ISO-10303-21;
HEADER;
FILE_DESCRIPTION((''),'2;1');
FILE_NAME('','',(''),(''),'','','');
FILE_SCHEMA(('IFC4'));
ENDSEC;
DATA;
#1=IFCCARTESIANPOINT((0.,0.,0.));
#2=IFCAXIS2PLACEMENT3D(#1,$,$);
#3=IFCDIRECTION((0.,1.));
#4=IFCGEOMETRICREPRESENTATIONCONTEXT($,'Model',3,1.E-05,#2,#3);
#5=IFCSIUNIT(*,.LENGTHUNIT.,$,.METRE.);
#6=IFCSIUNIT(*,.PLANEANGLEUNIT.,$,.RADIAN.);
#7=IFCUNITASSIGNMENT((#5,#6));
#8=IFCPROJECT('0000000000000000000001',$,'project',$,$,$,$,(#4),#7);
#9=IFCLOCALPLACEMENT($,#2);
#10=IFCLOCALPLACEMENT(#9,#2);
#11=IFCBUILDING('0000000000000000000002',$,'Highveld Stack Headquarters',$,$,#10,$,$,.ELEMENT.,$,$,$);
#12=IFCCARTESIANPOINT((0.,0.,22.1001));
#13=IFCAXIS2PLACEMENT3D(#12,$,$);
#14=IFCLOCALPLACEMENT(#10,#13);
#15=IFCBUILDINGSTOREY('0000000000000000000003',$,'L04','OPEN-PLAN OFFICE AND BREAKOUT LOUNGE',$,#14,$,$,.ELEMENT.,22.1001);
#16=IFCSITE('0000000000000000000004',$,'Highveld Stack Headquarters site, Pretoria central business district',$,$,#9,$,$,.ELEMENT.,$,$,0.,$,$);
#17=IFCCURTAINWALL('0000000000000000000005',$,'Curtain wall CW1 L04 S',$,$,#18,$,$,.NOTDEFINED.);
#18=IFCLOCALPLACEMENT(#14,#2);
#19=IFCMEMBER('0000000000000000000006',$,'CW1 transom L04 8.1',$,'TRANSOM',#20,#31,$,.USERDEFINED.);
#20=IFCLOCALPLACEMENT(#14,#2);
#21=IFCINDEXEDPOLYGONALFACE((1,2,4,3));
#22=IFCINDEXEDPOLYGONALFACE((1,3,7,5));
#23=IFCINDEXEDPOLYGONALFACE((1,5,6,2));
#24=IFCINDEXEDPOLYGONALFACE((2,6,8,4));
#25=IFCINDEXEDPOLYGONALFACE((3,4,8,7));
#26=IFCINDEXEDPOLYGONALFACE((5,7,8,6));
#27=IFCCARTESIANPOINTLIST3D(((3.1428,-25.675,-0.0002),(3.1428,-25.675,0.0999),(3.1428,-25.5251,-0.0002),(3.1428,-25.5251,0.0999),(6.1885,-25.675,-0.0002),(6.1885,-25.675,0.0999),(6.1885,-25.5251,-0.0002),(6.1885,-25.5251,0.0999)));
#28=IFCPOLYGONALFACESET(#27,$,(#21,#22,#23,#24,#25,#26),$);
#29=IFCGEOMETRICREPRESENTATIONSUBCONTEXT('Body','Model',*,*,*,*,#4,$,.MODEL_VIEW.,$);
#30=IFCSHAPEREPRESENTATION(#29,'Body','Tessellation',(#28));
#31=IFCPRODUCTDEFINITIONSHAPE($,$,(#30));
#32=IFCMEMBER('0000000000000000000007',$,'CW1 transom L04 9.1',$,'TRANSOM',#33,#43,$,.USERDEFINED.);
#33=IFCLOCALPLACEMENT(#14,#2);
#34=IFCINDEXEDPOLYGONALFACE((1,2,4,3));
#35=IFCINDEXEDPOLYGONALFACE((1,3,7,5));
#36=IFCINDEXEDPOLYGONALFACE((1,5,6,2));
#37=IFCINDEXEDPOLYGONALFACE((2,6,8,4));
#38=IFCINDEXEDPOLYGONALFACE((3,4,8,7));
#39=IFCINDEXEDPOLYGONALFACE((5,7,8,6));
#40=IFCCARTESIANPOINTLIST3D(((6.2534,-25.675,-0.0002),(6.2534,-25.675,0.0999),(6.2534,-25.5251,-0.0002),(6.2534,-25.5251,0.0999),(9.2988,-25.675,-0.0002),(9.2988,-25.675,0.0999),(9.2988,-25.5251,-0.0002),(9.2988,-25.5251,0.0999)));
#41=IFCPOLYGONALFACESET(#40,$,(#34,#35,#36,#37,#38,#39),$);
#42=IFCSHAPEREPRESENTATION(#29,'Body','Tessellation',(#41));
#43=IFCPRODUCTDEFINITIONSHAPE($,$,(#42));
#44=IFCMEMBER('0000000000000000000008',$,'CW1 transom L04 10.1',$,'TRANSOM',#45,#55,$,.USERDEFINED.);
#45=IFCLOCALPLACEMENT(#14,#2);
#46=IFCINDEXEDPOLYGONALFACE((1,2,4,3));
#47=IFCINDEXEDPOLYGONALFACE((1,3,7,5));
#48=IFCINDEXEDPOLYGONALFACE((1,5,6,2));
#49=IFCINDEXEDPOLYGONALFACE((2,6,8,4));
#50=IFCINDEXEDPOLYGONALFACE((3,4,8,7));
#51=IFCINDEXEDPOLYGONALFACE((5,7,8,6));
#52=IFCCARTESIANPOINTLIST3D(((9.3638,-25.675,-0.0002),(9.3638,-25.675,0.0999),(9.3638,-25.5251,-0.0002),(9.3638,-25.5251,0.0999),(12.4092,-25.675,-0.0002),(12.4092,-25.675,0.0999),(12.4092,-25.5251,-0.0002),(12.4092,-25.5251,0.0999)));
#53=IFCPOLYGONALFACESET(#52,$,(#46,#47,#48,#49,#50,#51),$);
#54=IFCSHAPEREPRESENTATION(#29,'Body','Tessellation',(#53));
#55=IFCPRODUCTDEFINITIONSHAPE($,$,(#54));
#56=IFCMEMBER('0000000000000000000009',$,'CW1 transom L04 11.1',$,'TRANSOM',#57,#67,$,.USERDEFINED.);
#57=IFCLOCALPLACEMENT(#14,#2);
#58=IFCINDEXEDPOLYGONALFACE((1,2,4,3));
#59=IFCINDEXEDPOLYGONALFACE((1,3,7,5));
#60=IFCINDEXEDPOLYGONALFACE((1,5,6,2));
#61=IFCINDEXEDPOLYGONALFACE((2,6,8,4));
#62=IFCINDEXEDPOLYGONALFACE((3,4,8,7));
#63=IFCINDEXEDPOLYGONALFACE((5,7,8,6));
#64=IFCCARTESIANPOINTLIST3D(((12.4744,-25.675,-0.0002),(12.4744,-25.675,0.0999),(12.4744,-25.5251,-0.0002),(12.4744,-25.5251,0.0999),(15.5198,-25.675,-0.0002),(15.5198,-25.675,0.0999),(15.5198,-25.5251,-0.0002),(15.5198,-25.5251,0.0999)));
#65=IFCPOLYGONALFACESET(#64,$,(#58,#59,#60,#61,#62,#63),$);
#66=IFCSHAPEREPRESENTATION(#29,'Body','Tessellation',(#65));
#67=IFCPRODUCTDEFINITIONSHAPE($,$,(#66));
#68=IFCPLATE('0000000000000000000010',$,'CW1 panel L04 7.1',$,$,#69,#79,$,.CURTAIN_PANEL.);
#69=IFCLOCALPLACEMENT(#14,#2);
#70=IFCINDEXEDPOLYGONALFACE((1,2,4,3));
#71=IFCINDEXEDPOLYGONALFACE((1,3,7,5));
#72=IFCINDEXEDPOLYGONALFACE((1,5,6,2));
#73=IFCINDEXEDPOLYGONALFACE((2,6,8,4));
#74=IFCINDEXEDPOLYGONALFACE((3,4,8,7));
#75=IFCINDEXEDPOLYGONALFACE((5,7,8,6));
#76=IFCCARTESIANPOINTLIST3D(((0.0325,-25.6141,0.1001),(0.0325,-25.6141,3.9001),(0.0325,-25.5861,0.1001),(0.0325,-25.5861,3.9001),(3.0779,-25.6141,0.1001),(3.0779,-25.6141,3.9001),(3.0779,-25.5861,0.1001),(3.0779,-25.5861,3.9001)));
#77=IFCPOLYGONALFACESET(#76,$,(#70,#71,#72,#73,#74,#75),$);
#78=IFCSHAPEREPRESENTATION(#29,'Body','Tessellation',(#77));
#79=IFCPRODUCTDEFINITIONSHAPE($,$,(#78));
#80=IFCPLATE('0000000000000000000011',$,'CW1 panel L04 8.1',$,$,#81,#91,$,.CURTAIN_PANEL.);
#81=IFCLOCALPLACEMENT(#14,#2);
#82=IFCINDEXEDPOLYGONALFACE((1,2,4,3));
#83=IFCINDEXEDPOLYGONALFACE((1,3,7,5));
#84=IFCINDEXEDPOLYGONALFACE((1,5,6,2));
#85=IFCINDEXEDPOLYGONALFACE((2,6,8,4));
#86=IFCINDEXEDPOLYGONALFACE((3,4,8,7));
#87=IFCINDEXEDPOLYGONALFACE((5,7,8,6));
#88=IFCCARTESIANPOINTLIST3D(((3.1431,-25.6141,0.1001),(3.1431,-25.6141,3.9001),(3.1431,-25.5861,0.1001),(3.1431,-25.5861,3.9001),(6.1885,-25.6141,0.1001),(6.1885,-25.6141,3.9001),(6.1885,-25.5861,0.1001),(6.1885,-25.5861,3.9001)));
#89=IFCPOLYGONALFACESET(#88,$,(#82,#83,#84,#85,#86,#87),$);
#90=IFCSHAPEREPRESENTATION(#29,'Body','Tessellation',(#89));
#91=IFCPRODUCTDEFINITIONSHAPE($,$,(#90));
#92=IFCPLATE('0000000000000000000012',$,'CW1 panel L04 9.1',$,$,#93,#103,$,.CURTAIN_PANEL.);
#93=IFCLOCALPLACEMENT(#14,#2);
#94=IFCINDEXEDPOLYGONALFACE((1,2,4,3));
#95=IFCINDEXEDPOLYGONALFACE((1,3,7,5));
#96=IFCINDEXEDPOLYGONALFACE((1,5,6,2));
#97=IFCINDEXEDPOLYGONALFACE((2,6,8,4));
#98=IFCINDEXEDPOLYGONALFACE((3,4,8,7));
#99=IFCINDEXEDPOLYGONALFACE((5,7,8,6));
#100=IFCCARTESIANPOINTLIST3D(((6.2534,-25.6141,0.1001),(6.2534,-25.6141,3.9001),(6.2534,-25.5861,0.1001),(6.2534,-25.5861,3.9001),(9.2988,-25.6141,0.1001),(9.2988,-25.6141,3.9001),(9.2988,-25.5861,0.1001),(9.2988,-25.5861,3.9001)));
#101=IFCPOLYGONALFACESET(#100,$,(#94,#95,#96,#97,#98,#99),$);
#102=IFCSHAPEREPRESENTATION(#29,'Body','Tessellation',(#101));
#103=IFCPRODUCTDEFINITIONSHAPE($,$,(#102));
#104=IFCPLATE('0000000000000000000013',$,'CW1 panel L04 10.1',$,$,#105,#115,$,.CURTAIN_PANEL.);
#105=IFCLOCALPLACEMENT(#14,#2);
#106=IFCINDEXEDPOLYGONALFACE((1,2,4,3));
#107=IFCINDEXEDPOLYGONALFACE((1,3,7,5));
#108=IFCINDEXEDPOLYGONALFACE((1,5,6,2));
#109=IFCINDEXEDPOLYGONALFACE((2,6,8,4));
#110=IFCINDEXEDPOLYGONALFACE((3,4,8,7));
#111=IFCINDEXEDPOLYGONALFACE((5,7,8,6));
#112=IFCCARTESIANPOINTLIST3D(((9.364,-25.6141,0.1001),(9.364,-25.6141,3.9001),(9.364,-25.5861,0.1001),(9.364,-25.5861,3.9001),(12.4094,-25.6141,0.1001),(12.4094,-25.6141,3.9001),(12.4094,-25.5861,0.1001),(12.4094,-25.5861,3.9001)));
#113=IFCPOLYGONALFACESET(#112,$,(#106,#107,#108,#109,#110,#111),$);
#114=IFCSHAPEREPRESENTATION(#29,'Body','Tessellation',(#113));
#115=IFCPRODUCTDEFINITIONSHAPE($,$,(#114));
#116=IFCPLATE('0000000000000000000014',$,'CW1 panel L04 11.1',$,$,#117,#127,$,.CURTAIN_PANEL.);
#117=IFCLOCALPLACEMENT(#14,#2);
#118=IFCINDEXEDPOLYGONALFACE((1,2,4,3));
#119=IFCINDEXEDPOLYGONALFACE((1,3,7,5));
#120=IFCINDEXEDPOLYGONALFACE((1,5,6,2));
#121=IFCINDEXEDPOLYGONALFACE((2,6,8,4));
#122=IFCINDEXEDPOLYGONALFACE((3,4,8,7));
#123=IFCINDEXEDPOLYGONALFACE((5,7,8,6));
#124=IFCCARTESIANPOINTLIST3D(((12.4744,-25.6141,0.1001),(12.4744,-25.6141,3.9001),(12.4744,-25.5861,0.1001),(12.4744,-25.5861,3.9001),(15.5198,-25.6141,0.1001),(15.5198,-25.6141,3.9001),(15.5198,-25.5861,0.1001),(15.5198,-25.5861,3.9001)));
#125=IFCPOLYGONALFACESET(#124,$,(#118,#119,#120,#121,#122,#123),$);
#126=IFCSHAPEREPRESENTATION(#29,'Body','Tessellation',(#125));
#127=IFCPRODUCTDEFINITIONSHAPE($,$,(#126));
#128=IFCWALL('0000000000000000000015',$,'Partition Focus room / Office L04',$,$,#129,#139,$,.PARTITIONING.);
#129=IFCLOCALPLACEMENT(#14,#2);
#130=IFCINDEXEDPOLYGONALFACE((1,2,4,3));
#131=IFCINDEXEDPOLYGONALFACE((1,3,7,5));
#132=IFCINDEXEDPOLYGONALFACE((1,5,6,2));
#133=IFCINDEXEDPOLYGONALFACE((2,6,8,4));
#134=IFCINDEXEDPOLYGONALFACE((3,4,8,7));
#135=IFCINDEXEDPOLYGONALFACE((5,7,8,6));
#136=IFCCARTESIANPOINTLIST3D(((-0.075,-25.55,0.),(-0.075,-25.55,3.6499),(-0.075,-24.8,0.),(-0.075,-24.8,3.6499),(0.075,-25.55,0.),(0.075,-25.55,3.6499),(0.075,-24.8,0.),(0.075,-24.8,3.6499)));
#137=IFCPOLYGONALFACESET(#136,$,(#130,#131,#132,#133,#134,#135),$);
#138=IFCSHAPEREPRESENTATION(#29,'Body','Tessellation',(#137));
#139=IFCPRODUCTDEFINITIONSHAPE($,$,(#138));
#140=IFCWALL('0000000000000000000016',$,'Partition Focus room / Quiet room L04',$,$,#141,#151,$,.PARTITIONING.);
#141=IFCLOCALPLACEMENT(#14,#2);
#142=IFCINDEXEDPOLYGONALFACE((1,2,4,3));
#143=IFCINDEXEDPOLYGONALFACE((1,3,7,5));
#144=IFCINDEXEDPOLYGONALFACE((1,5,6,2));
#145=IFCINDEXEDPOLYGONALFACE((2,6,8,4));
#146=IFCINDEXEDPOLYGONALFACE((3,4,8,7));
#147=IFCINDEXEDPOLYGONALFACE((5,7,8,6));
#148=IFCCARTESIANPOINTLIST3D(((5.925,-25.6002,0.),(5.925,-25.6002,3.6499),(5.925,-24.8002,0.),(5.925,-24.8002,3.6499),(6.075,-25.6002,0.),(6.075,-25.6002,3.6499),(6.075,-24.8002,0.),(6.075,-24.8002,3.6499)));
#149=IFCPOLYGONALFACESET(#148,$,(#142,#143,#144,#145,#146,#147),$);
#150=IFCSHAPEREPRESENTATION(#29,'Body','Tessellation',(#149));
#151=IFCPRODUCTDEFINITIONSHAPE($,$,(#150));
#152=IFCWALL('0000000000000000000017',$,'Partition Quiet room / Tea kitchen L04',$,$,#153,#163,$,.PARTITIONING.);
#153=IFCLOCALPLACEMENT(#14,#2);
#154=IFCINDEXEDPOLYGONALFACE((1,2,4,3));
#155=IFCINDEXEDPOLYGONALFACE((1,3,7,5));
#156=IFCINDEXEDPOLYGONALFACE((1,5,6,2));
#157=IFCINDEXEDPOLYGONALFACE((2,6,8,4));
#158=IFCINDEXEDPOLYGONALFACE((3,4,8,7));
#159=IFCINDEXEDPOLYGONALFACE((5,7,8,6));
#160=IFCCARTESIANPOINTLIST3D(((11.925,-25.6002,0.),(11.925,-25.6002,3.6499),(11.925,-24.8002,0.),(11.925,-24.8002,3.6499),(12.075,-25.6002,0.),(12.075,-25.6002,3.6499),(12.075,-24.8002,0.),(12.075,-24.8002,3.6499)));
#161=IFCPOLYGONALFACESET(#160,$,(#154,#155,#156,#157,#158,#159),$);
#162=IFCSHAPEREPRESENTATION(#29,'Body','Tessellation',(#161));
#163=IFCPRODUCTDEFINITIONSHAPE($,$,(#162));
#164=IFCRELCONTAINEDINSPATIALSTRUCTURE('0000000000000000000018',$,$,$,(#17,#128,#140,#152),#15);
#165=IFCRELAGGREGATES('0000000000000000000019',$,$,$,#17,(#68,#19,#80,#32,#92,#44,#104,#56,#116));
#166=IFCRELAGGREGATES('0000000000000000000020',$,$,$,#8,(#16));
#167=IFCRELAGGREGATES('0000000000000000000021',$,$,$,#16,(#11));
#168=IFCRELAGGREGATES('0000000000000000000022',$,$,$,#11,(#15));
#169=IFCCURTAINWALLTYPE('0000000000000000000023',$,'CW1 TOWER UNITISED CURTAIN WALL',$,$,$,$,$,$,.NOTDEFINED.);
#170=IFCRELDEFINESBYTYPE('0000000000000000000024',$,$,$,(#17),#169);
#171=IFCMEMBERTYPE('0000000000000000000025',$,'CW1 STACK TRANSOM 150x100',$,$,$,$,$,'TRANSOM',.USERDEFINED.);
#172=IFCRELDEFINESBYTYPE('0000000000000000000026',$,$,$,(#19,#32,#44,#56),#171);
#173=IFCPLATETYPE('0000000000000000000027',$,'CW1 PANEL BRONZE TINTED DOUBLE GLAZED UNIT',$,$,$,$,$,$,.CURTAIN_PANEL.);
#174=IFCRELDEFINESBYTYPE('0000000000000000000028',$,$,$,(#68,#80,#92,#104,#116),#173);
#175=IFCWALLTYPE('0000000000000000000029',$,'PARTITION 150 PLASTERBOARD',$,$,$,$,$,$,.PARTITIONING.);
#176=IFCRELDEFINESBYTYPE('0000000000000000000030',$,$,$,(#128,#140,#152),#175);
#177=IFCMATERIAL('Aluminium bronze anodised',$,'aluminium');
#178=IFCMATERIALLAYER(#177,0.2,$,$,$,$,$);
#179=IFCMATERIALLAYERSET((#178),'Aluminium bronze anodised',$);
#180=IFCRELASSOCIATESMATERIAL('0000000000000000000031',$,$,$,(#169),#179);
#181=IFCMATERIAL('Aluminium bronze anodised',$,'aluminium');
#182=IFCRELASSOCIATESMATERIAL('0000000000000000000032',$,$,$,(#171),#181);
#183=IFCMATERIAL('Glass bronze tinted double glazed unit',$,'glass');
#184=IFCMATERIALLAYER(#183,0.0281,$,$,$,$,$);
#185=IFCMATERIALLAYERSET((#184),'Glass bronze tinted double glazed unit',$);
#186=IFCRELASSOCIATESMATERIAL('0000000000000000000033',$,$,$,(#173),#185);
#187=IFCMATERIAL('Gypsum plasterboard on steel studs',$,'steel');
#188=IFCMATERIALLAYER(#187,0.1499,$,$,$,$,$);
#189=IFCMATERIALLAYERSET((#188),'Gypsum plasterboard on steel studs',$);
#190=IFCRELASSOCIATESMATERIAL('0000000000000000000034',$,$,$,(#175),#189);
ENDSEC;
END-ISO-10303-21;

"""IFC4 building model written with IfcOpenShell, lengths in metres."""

from ifc_helpers import new_model, si_unit, direction, frame, frame_2d, origin, origin_2d, place, context, subcontext, project, spatial, rectangle, extrude, material, layer, layer_set, material_profile, profile_set, type_object, element, aggregate, save


model = new_model("IFC4")

# Units and contexts
model_context = context("Model", 3, precision=1e-05, world=origin(), true_north=direction((0.0, 1.0)))
body_context = subcontext(model_context, "Body", "Model", "MODEL_VIEW")
ifc_project = project(units=[si_unit("LENGTHUNIT", "METRE"), si_unit("PLANEANGLEUNIT", "RADIAN")], contexts=[model_context])

# Site, building, storey
site_placement = place(None, origin())
site = spatial("IfcSite", under=ifc_project, at=site_placement, Name="Highveld Stack Headquarters site, Pretoria central business district", CompositionType="ELEMENT", RefElevation=0.0)
building_placement = place(site_placement, origin())
building = spatial("IfcBuilding", under=site, at=building_placement, Name="Highveld Stack Headquarters", CompositionType="ELEMENT")
storey_placement = place(building_placement, frame((0.0, 0.0, 22.1001)))
storey = spatial("IfcBuildingStorey", under=building, at=storey_placement, Name="L04", Description="OPEN-PLAN OFFICE AND BREAKOUT LOUNGE", CompositionType="ELEMENT", Elevation=22.1001)

# Curtain wall, members, plates
ifc_material_1 = material(Name="Aluminium bronze anodised", Category="aluminium")
ifc_layer_1 = layer(ifc_material_1, 0.2)
ifc_layer_set_1 = layer_set([ifc_layer_1], Name="Aluminium bronze anodised")
curtain_wall_type = type_object("IfcCurtainWallType", Name="CW1 TOWER UNITISED CURTAIN WALL", PredefinedType="NOTDEFINED", material=ifc_layer_set_1)
curtain_wall_placement = place(storey_placement, origin())
curtain_wall = element("IfcCurtainWall", 1, at=curtain_wall_placement, inside=storey, type_object=curtain_wall_type, Name="Curtain wall CW1 L04 S", PredefinedType="NOTDEFINED")
ifc_material_2 = material(Name="Aluminium bronze anodised", Category="aluminium")
ifc_material_profile_1 = material_profile(ifc_material_2, rectangle(XDim=0.1499, YDim=0.1001, at=origin_2d()), Name="CW1 TRANSOM 150x100")
ifc_profile_set_1 = profile_set([ifc_material_profile_1], Name="Aluminium bronze anodised")
member_type_1 = type_object("IfcMemberType", Name="CW1 STACK TRANSOM 150x100", ElementType="TRANSOM", PredefinedType="USERDEFINED", material=ifc_profile_set_1)
member_1_placement = place(storey_placement, frame((3.1428, -25.6001, 0.0498), z_axis=(1.0, 0.0, 0.0), x_axis=(0.0, 1.0, 0.0)))
member_1 = element("IfcMember", 2, at=member_1_placement, type_object=member_type_1, Name="CW1 transom L04 8.1", ObjectType="TRANSOM", PredefinedType="USERDEFINED", context=body_context, shape_type="SweptSolid", body=[
    extrude(rectangle(XDim=0.1499, YDim=0.1001, at=origin_2d()), origin(), (0.0, 0.0, 1.0), 3.0457),
])
member_2_placement = place(storey_placement, frame((6.2534, -25.6001, 0.0498), z_axis=(1.0, 0.0, 0.0), x_axis=(0.0, 1.0, 0.0)))
member_2 = element("IfcMember", 3, at=member_2_placement, type_object=member_type_1, Name="CW1 transom L04 9.1", ObjectType="TRANSOM", PredefinedType="USERDEFINED", context=body_context, shape_type="SweptSolid", body=[
    extrude(rectangle(XDim=0.1499, YDim=0.1001, at=origin_2d()), origin(), (0.0, 0.0, 1.0), 3.0454),
])
member_3_placement = place(storey_placement, frame((9.3638, -25.6001, 0.0498), z_axis=(1.0, 0.0, 0.0), x_axis=(0.0, 1.0, 0.0)))
member_3 = element("IfcMember", 4, at=member_3_placement, type_object=member_type_1, Name="CW1 transom L04 10.1", ObjectType="TRANSOM", PredefinedType="USERDEFINED", context=body_context, shape_type="SweptSolid", body=[
    extrude(rectangle(XDim=0.1499, YDim=0.1001, at=origin_2d()), origin(), (0.0, 0.0, 1.0), 3.0454),
])
member_4_placement = place(storey_placement, frame((12.4744, -25.6001, 0.0498), z_axis=(1.0, 0.0, 0.0), x_axis=(0.0, 1.0, 0.0)))
member_4 = element("IfcMember", 5, at=member_4_placement, type_object=member_type_1, Name="CW1 transom L04 11.1", ObjectType="TRANSOM", PredefinedType="USERDEFINED", context=body_context, shape_type="SweptSolid", body=[
    extrude(rectangle(XDim=0.1499, YDim=0.1001, at=origin_2d()), origin(), (0.0, 0.0, 1.0), 3.0454),
])
ifc_material_3 = material(Name="Glass bronze tinted double glazed unit", Category="glass")
ifc_layer_2 = layer(ifc_material_3, 0.0281)
ifc_layer_set_2 = layer_set([ifc_layer_2], Name="Glass bronze tinted double glazed unit")
plate_type = type_object("IfcPlateType", Name="CW1 PANEL BRONZE TINTED DOUBLE GLAZED UNIT", PredefinedType="CURTAIN_PANEL", material=ifc_layer_set_2)
plate_1_placement = place(storey_placement, frame((1.5552, -25.6001, 0.1001), z_axis=(0.0, 0.0, 1.0), x_axis=(1.0, 0.0, 0.0)))
plate_1 = element("IfcPlate", 6, at=plate_1_placement, type_object=plate_type, Name="CW1 panel L04 7.1", PredefinedType="CURTAIN_PANEL", context=body_context, shape_type="SweptSolid", body=[
    extrude(rectangle(XDim=3.0454, YDim=0.0281, at=origin_2d()), origin(), (0.0, 0.0, 1.0), 3.8),
])
plate_2_placement = place(storey_placement, frame((4.6658, -25.6001, 0.1001), z_axis=(0.0, 0.0, 1.0), x_axis=(1.0, 0.0, 0.0)))
plate_2 = element("IfcPlate", 7, at=plate_2_placement, type_object=plate_type, Name="CW1 panel L04 8.1", PredefinedType="CURTAIN_PANEL", context=body_context, shape_type="SweptSolid", body=[
    extrude(rectangle(XDim=3.0454, YDim=0.0281, at=origin_2d()), origin(), (0.0, 0.0, 1.0), 3.8),
])
plate_3_placement = place(storey_placement, frame((7.7761, -25.6001, 0.1001), z_axis=(0.0, 0.0, 1.0), x_axis=(1.0, 0.0, 0.0)))
plate_3 = element("IfcPlate", 8, at=plate_3_placement, type_object=plate_type, Name="CW1 panel L04 9.1", PredefinedType="CURTAIN_PANEL", context=body_context, shape_type="SweptSolid", body=[
    extrude(rectangle(XDim=3.0454, YDim=0.0281, at=origin_2d()), origin(), (0.0, 0.0, 1.0), 3.8),
])
plate_4_placement = place(storey_placement, frame((10.8867, -25.6001, 0.1001), z_axis=(0.0, 0.0, 1.0), x_axis=(1.0, 0.0, 0.0)))
plate_4 = element("IfcPlate", 9, at=plate_4_placement, type_object=plate_type, Name="CW1 panel L04 10.1", PredefinedType="CURTAIN_PANEL", context=body_context, shape_type="SweptSolid", body=[
    extrude(rectangle(XDim=3.0454, YDim=0.0281, at=origin_2d()), origin(), (0.0, 0.0, 1.0), 3.8),
])
plate_5_placement = place(storey_placement, frame((13.9971, -25.6001, 0.1001), z_axis=(0.0, 0.0, 1.0), x_axis=(1.0, 0.0, 0.0)))
plate_5 = element("IfcPlate", 10, at=plate_5_placement, type_object=plate_type, Name="CW1 panel L04 11.1", PredefinedType="CURTAIN_PANEL", context=body_context, shape_type="SweptSolid", body=[
    extrude(rectangle(XDim=3.0454, YDim=0.0281, at=origin_2d()), origin(), (0.0, 0.0, 1.0), 3.8),
])
aggregate(curtain_wall, [plate_1, member_1, plate_2, member_2, plate_3, member_3, plate_4, member_4, plate_5])

# Walls
ifc_material_4 = material(Name="Gypsum plasterboard on steel studs", Category="steel")
ifc_layer_3 = layer(ifc_material_4, 0.1499)
ifc_layer_set_3 = layer_set([ifc_layer_3], Name="Gypsum plasterboard on steel studs")
wall_type = type_object("IfcWallType", Name="PARTITION 150 PLASTERBOARD", PredefinedType="PARTITIONING", material=ifc_layer_set_3)
wall_placement = place(storey_placement, frame((0.0, -25.55, 0.0), z_axis=(0.0, 0.0, 1.0), x_axis=(0.0, 1.0, 0.0)))
element("IfcWall", 11, at=wall_placement, inside=storey, type_object=wall_type, Name="Partition Focus room / Office L04", PredefinedType="PARTITIONING", context=body_context, shape_type="SweptSolid", body=[
    extrude(rectangle(XDim=0.75, YDim=0.1499, at=frame_2d((0.375, 0.0))), origin(), (0.0, 0.0, 1.0), 3.6499),
])
for number, where, z_axis, x_axis, name in (
    (12, (6.0, -25.6001, 0.0), (0.0, 0.0, 1.0), (0.0, 1.0, 0.0), "Partition Focus room / Quiet room L04"),
    (13, (12.0, -25.6001, 0.0), (0.0, 0.0, 1.0), (0.0, 1.0, 0.0), "Partition Quiet room / Tea kitchen L04"),
):
    element("IfcWall", number, at=place(storey_placement, frame(where, z_axis=z_axis, x_axis=x_axis)), inside=storey, type_object=wall_type, Name=name, PredefinedType="PARTITIONING", context=body_context, shape_type="SweptSolid", body=[
        extrude(rectangle(XDim=0.8, YDim=0.1499, at=frame_2d((0.3999, 0.0))), origin(), (0.0, 0.0, 1.0), 3.6499),
    ])

save(model, "model.ifc")
